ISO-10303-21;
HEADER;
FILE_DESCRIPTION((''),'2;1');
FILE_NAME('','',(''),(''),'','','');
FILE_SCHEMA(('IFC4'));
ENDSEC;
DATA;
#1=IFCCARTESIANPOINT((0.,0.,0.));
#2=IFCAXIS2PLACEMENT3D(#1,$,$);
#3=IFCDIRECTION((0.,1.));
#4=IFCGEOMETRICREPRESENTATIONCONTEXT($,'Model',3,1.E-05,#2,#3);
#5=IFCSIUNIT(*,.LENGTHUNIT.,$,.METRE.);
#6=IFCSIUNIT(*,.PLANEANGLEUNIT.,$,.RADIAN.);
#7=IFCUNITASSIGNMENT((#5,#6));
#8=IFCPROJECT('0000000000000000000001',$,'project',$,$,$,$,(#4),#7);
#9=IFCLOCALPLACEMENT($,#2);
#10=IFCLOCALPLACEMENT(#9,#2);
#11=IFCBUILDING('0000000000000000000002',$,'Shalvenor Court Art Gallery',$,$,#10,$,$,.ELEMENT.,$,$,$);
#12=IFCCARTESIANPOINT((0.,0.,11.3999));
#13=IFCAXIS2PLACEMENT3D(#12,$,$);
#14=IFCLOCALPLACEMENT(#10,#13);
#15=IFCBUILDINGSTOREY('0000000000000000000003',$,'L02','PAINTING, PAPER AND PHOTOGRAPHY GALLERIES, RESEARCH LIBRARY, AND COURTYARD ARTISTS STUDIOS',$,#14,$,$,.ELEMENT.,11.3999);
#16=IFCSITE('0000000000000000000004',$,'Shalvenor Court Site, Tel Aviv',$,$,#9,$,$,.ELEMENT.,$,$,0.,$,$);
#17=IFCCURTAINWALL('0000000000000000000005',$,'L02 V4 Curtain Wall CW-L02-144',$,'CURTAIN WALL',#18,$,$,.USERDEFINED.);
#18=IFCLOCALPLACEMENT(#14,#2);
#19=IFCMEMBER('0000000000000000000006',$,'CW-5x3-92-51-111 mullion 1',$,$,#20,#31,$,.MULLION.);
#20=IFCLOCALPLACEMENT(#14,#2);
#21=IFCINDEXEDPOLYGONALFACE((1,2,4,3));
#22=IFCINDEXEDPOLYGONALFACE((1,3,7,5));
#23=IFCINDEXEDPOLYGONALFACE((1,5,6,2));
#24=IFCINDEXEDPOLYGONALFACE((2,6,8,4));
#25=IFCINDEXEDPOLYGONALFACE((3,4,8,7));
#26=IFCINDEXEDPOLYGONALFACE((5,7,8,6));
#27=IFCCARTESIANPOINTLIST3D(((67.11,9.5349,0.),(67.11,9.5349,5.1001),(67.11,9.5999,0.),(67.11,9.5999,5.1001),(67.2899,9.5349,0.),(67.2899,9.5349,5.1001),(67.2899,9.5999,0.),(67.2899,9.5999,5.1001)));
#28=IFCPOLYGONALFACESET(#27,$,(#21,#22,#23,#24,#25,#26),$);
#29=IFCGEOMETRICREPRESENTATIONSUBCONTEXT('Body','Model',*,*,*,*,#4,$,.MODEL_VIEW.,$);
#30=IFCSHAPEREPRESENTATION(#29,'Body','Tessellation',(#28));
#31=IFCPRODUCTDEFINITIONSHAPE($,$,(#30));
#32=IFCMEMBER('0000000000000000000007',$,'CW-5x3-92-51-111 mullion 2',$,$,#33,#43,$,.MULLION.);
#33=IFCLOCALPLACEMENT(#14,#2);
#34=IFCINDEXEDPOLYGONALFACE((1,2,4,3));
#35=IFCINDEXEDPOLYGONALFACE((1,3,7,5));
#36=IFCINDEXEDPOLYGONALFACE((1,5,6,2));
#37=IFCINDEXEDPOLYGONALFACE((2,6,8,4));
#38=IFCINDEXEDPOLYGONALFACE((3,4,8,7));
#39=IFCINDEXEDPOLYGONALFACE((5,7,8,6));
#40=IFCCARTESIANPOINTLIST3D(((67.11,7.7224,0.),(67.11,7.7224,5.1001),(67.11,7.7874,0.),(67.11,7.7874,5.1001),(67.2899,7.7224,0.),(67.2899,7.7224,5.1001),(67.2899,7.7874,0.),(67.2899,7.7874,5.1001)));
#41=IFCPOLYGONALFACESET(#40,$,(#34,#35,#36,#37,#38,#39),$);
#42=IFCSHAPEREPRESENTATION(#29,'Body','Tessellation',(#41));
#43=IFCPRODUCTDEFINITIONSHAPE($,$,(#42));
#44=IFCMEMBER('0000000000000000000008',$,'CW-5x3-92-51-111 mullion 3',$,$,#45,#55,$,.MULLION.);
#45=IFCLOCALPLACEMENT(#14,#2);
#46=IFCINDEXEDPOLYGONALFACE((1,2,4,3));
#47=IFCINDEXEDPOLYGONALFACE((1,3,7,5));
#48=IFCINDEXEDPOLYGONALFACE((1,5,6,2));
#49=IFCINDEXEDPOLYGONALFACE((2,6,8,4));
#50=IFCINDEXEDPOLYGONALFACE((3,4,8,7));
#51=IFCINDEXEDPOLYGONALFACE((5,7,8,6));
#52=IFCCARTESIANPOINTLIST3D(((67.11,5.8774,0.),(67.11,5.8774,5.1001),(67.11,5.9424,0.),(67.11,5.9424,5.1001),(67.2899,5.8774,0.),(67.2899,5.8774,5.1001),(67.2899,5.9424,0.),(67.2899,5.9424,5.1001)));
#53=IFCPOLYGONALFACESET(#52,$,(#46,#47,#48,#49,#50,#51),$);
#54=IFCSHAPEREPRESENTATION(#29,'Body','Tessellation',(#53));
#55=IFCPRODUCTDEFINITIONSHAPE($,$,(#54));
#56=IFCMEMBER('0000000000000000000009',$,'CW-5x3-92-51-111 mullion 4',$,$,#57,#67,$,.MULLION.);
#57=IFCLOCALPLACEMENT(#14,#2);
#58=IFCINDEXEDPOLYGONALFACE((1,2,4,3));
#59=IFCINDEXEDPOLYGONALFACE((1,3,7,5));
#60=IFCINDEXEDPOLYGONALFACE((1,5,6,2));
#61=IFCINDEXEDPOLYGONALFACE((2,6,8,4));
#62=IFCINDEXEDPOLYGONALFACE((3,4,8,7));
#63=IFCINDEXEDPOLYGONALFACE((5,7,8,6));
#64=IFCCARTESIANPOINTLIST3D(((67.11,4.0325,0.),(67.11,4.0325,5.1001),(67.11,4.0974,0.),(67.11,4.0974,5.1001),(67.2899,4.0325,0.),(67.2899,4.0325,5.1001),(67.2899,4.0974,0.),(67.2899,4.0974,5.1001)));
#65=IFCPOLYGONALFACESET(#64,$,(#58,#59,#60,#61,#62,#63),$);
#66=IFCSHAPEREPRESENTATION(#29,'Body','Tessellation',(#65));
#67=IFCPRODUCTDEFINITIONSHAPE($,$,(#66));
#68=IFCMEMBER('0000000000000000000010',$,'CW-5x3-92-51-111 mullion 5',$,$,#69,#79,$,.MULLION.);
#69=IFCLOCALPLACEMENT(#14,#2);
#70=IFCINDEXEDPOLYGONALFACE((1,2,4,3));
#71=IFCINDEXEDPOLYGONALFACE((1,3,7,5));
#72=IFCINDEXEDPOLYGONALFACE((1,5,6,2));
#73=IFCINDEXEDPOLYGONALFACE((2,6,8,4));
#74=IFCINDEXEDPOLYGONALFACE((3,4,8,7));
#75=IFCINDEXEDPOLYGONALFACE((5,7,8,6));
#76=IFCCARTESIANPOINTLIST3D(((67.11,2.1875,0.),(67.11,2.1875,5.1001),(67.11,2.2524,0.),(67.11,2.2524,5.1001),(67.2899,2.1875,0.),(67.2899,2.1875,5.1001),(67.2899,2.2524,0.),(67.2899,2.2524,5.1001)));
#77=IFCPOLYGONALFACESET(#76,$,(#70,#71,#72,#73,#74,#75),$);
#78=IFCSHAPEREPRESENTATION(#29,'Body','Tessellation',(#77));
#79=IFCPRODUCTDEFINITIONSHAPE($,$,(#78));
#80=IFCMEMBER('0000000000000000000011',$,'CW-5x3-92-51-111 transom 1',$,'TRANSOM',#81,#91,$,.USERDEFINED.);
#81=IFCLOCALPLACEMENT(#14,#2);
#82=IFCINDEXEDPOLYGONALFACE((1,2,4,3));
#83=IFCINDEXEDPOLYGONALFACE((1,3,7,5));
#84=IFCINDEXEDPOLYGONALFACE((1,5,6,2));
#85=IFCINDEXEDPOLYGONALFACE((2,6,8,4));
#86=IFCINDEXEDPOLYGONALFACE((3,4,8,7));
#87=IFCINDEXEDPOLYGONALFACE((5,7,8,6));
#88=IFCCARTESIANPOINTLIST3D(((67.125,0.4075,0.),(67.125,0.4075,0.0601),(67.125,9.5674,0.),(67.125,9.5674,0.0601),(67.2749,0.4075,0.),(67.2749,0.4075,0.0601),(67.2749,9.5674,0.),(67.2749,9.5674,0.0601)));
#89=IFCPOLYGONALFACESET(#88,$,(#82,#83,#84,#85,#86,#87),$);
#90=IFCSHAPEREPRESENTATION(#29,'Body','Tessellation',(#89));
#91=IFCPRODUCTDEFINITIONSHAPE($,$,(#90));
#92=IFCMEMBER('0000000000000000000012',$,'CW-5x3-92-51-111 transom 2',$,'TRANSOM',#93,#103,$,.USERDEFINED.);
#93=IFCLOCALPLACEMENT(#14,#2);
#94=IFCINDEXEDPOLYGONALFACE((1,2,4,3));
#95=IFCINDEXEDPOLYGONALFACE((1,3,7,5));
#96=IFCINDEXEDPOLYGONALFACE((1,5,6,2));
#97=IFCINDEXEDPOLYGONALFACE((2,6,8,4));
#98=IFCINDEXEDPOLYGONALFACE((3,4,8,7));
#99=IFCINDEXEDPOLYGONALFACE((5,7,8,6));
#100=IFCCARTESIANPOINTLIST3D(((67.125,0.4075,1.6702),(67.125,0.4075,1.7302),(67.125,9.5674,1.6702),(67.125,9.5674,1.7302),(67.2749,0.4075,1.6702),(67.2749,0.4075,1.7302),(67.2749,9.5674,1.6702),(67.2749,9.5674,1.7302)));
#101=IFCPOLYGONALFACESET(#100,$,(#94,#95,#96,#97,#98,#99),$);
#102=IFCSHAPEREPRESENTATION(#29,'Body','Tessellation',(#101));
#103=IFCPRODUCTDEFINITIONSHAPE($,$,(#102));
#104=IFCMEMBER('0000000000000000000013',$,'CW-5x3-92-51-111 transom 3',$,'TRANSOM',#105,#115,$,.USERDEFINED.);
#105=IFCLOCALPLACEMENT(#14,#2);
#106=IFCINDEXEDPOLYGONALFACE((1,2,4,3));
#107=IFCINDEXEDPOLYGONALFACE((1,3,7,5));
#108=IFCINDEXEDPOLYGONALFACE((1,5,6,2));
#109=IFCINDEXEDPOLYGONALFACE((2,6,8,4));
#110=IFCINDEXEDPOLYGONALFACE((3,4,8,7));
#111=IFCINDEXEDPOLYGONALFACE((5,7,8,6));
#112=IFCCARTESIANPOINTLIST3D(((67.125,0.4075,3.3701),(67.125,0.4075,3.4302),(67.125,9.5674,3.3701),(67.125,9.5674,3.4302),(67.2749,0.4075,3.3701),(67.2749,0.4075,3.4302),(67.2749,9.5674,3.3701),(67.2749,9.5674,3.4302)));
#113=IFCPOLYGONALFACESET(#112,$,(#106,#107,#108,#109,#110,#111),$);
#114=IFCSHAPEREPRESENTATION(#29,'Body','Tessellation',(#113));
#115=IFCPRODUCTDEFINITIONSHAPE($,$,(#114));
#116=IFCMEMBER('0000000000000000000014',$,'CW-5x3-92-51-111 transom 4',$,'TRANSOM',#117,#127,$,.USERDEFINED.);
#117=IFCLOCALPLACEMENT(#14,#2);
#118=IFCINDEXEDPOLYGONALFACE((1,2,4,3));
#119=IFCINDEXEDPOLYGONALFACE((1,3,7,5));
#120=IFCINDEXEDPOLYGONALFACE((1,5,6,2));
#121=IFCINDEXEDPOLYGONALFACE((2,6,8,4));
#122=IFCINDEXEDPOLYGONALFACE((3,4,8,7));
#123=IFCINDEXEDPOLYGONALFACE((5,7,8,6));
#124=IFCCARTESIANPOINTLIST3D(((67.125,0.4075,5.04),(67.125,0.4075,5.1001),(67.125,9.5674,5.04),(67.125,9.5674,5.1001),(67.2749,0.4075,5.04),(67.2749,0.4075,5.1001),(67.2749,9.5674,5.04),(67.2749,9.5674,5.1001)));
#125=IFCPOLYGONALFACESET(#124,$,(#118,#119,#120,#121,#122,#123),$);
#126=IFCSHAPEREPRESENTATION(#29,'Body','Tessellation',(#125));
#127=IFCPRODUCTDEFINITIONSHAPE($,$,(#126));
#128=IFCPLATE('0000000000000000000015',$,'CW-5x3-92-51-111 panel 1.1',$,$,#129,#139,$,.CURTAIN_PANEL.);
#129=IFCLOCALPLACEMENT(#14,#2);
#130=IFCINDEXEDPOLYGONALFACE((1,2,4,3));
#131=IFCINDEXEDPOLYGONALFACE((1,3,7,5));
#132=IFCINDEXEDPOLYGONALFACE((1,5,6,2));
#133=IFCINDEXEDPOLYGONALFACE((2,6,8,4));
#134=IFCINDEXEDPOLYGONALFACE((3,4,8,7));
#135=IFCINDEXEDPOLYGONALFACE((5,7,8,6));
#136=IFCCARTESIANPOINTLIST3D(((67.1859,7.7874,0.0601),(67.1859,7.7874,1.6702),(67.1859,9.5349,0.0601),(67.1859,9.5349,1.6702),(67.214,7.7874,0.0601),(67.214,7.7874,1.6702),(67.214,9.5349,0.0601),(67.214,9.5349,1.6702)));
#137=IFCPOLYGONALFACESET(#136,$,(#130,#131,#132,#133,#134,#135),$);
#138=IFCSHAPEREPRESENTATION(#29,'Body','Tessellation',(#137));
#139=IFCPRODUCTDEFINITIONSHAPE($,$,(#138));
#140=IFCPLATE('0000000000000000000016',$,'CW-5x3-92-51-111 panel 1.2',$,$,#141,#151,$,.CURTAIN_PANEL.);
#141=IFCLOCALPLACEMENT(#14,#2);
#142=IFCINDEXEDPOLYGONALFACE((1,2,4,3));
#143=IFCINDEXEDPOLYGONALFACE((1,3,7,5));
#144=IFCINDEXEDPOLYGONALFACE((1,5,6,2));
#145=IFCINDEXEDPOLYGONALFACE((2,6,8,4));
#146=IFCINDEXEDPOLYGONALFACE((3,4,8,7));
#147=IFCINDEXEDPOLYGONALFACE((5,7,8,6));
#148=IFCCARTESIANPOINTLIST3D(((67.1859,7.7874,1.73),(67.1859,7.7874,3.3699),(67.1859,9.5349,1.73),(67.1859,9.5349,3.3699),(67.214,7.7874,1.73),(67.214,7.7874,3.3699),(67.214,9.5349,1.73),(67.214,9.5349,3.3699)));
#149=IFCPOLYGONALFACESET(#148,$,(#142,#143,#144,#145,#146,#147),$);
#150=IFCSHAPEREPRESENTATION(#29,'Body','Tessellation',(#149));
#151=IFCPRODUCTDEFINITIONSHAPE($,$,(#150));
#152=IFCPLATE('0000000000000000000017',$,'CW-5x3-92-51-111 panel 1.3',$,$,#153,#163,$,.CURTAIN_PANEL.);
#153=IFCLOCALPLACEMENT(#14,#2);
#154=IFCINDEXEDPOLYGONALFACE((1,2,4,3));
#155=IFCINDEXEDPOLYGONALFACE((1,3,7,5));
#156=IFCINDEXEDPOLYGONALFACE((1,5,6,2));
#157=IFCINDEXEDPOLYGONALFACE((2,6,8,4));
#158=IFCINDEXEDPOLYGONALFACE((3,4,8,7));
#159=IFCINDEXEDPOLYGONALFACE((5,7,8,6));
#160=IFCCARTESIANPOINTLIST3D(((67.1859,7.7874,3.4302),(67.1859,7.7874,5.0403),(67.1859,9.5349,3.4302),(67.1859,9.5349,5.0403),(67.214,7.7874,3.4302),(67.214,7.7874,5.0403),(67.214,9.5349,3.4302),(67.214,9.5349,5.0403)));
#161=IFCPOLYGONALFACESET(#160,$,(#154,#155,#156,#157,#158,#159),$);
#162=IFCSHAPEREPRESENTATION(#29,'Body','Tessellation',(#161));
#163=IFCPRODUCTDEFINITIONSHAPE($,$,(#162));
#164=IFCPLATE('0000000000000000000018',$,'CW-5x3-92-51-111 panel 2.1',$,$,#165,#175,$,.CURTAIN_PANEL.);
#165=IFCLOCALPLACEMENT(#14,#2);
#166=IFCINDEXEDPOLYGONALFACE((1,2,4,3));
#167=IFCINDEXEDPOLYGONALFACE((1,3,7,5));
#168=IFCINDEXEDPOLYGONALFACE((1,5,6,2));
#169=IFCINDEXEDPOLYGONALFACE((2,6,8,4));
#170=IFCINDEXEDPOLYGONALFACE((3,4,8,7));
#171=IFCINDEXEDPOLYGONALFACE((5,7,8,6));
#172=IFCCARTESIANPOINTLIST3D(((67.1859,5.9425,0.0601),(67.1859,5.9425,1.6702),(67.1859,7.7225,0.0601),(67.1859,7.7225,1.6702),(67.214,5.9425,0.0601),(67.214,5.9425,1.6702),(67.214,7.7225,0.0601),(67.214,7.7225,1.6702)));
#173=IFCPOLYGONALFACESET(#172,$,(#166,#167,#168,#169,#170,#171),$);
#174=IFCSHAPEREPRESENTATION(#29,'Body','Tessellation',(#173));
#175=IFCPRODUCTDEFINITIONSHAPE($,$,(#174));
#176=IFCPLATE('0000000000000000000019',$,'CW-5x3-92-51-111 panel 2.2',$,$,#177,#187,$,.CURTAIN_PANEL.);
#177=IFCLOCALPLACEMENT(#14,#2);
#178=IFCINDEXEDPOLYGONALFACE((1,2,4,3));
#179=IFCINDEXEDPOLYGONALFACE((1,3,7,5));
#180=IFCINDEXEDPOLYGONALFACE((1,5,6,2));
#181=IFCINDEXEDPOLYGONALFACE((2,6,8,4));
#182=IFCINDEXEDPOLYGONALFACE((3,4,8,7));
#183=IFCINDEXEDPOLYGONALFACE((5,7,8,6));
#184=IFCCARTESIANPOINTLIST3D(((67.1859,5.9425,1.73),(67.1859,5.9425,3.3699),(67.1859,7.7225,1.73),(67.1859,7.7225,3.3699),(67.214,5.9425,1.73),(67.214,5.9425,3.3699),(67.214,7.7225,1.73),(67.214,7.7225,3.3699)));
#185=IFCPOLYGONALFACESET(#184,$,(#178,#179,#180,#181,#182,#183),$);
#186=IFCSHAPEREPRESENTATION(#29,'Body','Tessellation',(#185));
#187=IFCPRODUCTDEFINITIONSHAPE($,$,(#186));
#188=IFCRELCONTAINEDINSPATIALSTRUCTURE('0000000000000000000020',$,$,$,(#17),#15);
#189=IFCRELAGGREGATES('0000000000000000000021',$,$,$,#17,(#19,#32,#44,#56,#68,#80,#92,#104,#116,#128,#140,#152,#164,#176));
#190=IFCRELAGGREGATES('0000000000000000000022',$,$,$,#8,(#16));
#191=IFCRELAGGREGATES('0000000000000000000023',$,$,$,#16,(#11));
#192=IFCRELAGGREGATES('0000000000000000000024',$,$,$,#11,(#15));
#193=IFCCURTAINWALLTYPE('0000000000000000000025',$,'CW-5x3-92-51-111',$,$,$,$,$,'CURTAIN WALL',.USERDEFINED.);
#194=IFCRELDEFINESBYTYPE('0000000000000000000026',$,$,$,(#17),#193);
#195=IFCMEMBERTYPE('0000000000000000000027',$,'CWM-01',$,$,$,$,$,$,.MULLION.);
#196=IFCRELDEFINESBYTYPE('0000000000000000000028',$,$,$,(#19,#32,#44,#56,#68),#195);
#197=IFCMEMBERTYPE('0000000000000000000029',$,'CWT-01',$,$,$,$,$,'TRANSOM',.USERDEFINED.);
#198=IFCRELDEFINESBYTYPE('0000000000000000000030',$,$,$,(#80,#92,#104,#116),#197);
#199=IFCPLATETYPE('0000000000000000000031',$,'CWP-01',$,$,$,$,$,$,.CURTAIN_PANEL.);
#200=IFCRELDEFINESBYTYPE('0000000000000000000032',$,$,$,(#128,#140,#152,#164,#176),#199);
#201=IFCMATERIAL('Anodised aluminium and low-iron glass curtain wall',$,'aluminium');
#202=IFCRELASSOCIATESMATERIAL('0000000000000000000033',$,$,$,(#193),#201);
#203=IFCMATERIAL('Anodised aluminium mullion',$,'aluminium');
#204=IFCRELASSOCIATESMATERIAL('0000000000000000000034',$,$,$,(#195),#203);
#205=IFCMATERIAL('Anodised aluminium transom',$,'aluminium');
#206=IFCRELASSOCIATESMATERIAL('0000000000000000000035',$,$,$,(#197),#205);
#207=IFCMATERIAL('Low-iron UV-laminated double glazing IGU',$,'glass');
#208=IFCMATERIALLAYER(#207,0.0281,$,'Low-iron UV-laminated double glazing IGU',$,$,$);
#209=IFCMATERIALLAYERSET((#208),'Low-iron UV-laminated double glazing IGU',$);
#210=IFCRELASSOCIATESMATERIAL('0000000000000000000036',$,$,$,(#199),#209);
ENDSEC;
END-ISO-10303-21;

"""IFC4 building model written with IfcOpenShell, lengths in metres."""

from ifc_helpers import new_model, si_unit, direction, frame, origin, origin_2d, place, context, subcontext, project, spatial, rectangle, extrude, material, layer, layer_set, material_profile, profile_set, type_object, element, aggregate, save


model = new_model("IFC4")

# Units and contexts
model_context = context("Model", 3, precision=1e-05, world=origin(), true_north=direction((0.0, 1.0)))
body_context = subcontext(model_context, "Body", "Model", "MODEL_VIEW")
ifc_project = project(units=[si_unit("LENGTHUNIT", "METRE"), si_unit("PLANEANGLEUNIT", "RADIAN")], contexts=[model_context])

# Site, building, storey
site_placement = place(None, origin())
site = spatial("IfcSite", under=ifc_project, at=site_placement, Name="Shalvenor Court Site, Tel Aviv", CompositionType="ELEMENT", RefElevation=0.0)
building_placement = place(site_placement, origin())
building = spatial("IfcBuilding", under=site, at=building_placement, Name="Shalvenor Court Art Gallery", CompositionType="ELEMENT")
storey_placement = place(building_placement, frame((0.0, 0.0, 11.3999)))
storey = spatial("IfcBuildingStorey", under=building, at=storey_placement, Name="L02", Description="PAINTING, PAPER AND PHOTOGRAPHY GALLERIES, RESEARCH LIBRARY, AND COURTYARD ARTISTS STUDIOS", CompositionType="ELEMENT", Elevation=11.3999)

# Curtain wall, members, plates
ifc_material_1 = material(Name="Anodised aluminium and low-iron glass curtain wall", Category="aluminium")
curtain_wall_type = type_object("IfcCurtainWallType", Name="CW-5x3-92-51-111", ElementType="CURTAIN WALL", PredefinedType="USERDEFINED", material=ifc_material_1)
curtain_wall_placement = place(storey_placement, origin())
curtain_wall = element("IfcCurtainWall", 1, at=curtain_wall_placement, inside=storey, type_object=curtain_wall_type, Name="L02 V4 Curtain Wall CW-L02-144", ObjectType="CURTAIN WALL", PredefinedType="USERDEFINED")
ifc_material_2 = material(Name="Anodised aluminium mullion", Category="aluminium")
ifc_material_profile_1 = material_profile(ifc_material_2, rectangle(XDim=0.0649, YDim=0.1799, at=origin_2d()), Name="CWM-01")
ifc_profile_set_1 = profile_set([ifc_material_profile_1], Name="Anodised aluminium mullion")
member_type_1 = type_object("IfcMemberType", Name="CWM-01", PredefinedType="MULLION", material=ifc_profile_set_1)
member_1_placement = place(storey_placement, frame((67.2, 9.5674, 0.0), z_axis=(0.0, 0.0, 1.0), x_axis=(0.0, -1.0, 0.0)))
member_1 = element("IfcMember", 2, at=member_1_placement, type_object=member_type_1, Name="CW-5x3-92-51-111 mullion 1", PredefinedType="MULLION", context=body_context, shape_type="SweptSolid", body=[
    extrude(rectangle(XDim=0.0649, YDim=0.1799, at=origin_2d()), origin(), (0.0, 0.0, 1.0), 5.1001),
])
member_2_placement = place(storey_placement, frame((67.2, 7.7549, 0.0), z_axis=(0.0, 0.0, 1.0), x_axis=(0.0, -1.0, 0.0)))
member_2 = element("IfcMember", 3, at=member_2_placement, type_object=member_type_1, Name="CW-5x3-92-51-111 mullion 2", PredefinedType="MULLION", context=body_context, shape_type="SweptSolid", body=[
    extrude(rectangle(XDim=0.0649, YDim=0.1799, at=origin_2d()), origin(), (0.0, 0.0, 1.0), 5.1001),
])
member_3_placement = place(storey_placement, frame((67.2, 5.9099, 0.0), z_axis=(0.0, 0.0, 1.0), x_axis=(0.0, -1.0, 0.0)))
member_3 = element("IfcMember", 4, at=member_3_placement, type_object=member_type_1, Name="CW-5x3-92-51-111 mullion 3", PredefinedType="MULLION", context=body_context, shape_type="SweptSolid", body=[
    extrude(rectangle(XDim=0.0649, YDim=0.1799, at=origin_2d()), origin(), (0.0, 0.0, 1.0), 5.1001),
])
member_4_placement = place(storey_placement, frame((67.2, 4.0649, 0.0), z_axis=(0.0, 0.0, 1.0), x_axis=(0.0, -1.0, 0.0)))
member_4 = element("IfcMember", 5, at=member_4_placement, type_object=member_type_1, Name="CW-5x3-92-51-111 mullion 4", PredefinedType="MULLION", context=body_context, shape_type="SweptSolid", body=[
    extrude(rectangle(XDim=0.0649, YDim=0.1799, at=origin_2d()), origin(), (0.0, 0.0, 1.0), 5.1001),
])
member_5_placement = place(storey_placement, frame((67.2, 2.22, 0.0), z_axis=(0.0, 0.0, 1.0), x_axis=(0.0, -1.0, 0.0)))
member_5 = element("IfcMember", 6, at=member_5_placement, type_object=member_type_1, Name="CW-5x3-92-51-111 mullion 5", PredefinedType="MULLION", context=body_context, shape_type="SweptSolid", body=[
    extrude(rectangle(XDim=0.0649, YDim=0.1799, at=origin_2d()), origin(), (0.0, 0.0, 1.0), 5.1001),
])
ifc_material_3 = material(Name="Anodised aluminium transom", Category="aluminium")
ifc_material_profile_2 = material_profile(ifc_material_3, rectangle(XDim=0.1499, YDim=0.0601, at=origin_2d()), Name="CWT-01")
ifc_profile_set_2 = profile_set([ifc_material_profile_2], Name="Anodised aluminium transom")
member_type_2 = type_object("IfcMemberType", Name="CWT-01", ElementType="TRANSOM", PredefinedType="USERDEFINED", material=ifc_profile_set_2)
member_6_placement = place(storey_placement, frame((67.2, 9.5674, 0.03), z_axis=(0.0, -1.0, 0.0), x_axis=(1.0, 0.0, 0.0)))
member_6 = element("IfcMember", 7, at=member_6_placement, type_object=member_type_2, Name="CW-5x3-92-51-111 transom 1", ObjectType="TRANSOM", PredefinedType="USERDEFINED", context=body_context, shape_type="SweptSolid", body=[
    extrude(rectangle(XDim=0.1499, YDim=0.0601, at=origin_2d()), origin(), (0.0, 0.0, 1.0), 9.1599),
])
member_7_placement = place(storey_placement, frame((67.2, 9.5674, 1.7002), z_axis=(0.0, -1.0, 0.0), x_axis=(1.0, 0.0, 0.0)))
member_7 = element("IfcMember", 8, at=member_7_placement, type_object=member_type_2, Name="CW-5x3-92-51-111 transom 2", ObjectType="TRANSOM", PredefinedType="USERDEFINED", context=body_context, shape_type="SweptSolid", body=[
    extrude(rectangle(XDim=0.1499, YDim=0.0601, at=origin_2d()), origin(), (0.0, 0.0, 1.0), 9.1599),
])
member_8_placement = place(storey_placement, frame((67.2, 9.5674, 3.4001), z_axis=(0.0, -1.0, 0.0), x_axis=(1.0, 0.0, 0.0)))
member_8 = element("IfcMember", 9, at=member_8_placement, type_object=member_type_2, Name="CW-5x3-92-51-111 transom 3", ObjectType="TRANSOM", PredefinedType="USERDEFINED", context=body_context, shape_type="SweptSolid", body=[
    extrude(rectangle(XDim=0.1499, YDim=0.0601, at=origin_2d()), origin(), (0.0, 0.0, 1.0), 9.1599),
])
member_9_placement = place(storey_placement, frame((67.2, 9.5674, 5.0701), z_axis=(0.0, -1.0, 0.0), x_axis=(1.0, 0.0, 0.0)))
member_9 = element("IfcMember", 10, at=member_9_placement, type_object=member_type_2, Name="CW-5x3-92-51-111 transom 4", ObjectType="TRANSOM", PredefinedType="USERDEFINED", context=body_context, shape_type="SweptSolid", body=[
    extrude(rectangle(XDim=0.1499, YDim=0.0601, at=origin_2d()), origin(), (0.0, 0.0, 1.0), 9.1599),
])
ifc_material_4 = material(Name="Low-iron UV-laminated double glazing IGU", Category="glass")
ifc_layer_1 = layer(ifc_material_4, 0.0281, Name="Low-iron UV-laminated double glazing IGU")
ifc_layer_set_1 = layer_set([ifc_layer_1], Name="Low-iron UV-laminated double glazing IGU")
plate_type_1 = type_object("IfcPlateType", Name="CWP-01", PredefinedType="CURTAIN_PANEL", material=ifc_layer_set_1)
plate_1_placement = place(storey_placement, frame((67.2, 8.6611, 0.0601), z_axis=(0.0, 0.0, 1.0), x_axis=(0.0, -1.0, 0.0)))
plate_1 = element("IfcPlate", 11, at=plate_1_placement, type_object=plate_type_1, Name="CW-5x3-92-51-111 panel 1.1", PredefinedType="CURTAIN_PANEL", context=body_context, shape_type="SweptSolid", body=[
    extrude(rectangle(XDim=1.7476, YDim=0.0281, at=origin_2d()), origin(), (0.0, 0.0, 1.0), 1.6101),
])
plate_2_placement = place(storey_placement, frame((67.2, 8.6611, 1.73), z_axis=(0.0, 0.0, 1.0), x_axis=(0.0, -1.0, 0.0)))
plate_2 = element("IfcPlate", 12, at=plate_2_placement, type_object=plate_type_1, Name="CW-5x3-92-51-111 panel 1.2", PredefinedType="CURTAIN_PANEL", context=body_context, shape_type="SweptSolid", body=[
    extrude(rectangle(XDim=1.7476, YDim=0.0281, at=origin_2d()), origin(), (0.0, 0.0, 1.0), 1.6399),
])
plate_3_placement = place(storey_placement, frame((67.2, 8.6611, 3.4302), z_axis=(0.0, 0.0, 1.0), x_axis=(0.0, -1.0, 0.0)))
plate_3 = element("IfcPlate", 13, at=plate_3_placement, type_object=plate_type_1, Name="CW-5x3-92-51-111 panel 1.3", PredefinedType="CURTAIN_PANEL", context=body_context, shape_type="SweptSolid", body=[
    extrude(rectangle(XDim=1.7476, YDim=0.0281, at=origin_2d()), origin(), (0.0, 0.0, 1.0), 1.6101),
])
plate_4_placement = place(storey_placement, frame((67.2, 6.8325, 0.0601), z_axis=(0.0, 0.0, 1.0), x_axis=(0.0, -1.0, 0.0)))
plate_4 = element("IfcPlate", 14, at=plate_4_placement, type_object=plate_type_1, Name="CW-5x3-92-51-111 panel 2.1", PredefinedType="CURTAIN_PANEL", context=body_context, shape_type="SweptSolid", body=[
    extrude(rectangle(XDim=1.78, YDim=0.0281, at=origin_2d()), origin(), (0.0, 0.0, 1.0), 1.6101),
])
plate_5_placement = place(storey_placement, frame((67.2, 6.8325, 1.73), z_axis=(0.0, 0.0, 1.0), x_axis=(0.0, -1.0, 0.0)))
plate_5 = element("IfcPlate", 15, at=plate_5_placement, type_object=plate_type_1, Name="CW-5x3-92-51-111 panel 2.2", PredefinedType="CURTAIN_PANEL", context=body_context, shape_type="SweptSolid", body=[
    extrude(rectangle(XDim=1.78, YDim=0.0281, at=origin_2d()), origin(), (0.0, 0.0, 1.0), 1.6399),
])
aggregate(curtain_wall, [member_1, member_2, member_3, member_4, member_5, member_6, member_7, member_8, member_9, plate_1, plate_2, plate_3, plate_4, plate_5])

save(model, "model.ifc")
